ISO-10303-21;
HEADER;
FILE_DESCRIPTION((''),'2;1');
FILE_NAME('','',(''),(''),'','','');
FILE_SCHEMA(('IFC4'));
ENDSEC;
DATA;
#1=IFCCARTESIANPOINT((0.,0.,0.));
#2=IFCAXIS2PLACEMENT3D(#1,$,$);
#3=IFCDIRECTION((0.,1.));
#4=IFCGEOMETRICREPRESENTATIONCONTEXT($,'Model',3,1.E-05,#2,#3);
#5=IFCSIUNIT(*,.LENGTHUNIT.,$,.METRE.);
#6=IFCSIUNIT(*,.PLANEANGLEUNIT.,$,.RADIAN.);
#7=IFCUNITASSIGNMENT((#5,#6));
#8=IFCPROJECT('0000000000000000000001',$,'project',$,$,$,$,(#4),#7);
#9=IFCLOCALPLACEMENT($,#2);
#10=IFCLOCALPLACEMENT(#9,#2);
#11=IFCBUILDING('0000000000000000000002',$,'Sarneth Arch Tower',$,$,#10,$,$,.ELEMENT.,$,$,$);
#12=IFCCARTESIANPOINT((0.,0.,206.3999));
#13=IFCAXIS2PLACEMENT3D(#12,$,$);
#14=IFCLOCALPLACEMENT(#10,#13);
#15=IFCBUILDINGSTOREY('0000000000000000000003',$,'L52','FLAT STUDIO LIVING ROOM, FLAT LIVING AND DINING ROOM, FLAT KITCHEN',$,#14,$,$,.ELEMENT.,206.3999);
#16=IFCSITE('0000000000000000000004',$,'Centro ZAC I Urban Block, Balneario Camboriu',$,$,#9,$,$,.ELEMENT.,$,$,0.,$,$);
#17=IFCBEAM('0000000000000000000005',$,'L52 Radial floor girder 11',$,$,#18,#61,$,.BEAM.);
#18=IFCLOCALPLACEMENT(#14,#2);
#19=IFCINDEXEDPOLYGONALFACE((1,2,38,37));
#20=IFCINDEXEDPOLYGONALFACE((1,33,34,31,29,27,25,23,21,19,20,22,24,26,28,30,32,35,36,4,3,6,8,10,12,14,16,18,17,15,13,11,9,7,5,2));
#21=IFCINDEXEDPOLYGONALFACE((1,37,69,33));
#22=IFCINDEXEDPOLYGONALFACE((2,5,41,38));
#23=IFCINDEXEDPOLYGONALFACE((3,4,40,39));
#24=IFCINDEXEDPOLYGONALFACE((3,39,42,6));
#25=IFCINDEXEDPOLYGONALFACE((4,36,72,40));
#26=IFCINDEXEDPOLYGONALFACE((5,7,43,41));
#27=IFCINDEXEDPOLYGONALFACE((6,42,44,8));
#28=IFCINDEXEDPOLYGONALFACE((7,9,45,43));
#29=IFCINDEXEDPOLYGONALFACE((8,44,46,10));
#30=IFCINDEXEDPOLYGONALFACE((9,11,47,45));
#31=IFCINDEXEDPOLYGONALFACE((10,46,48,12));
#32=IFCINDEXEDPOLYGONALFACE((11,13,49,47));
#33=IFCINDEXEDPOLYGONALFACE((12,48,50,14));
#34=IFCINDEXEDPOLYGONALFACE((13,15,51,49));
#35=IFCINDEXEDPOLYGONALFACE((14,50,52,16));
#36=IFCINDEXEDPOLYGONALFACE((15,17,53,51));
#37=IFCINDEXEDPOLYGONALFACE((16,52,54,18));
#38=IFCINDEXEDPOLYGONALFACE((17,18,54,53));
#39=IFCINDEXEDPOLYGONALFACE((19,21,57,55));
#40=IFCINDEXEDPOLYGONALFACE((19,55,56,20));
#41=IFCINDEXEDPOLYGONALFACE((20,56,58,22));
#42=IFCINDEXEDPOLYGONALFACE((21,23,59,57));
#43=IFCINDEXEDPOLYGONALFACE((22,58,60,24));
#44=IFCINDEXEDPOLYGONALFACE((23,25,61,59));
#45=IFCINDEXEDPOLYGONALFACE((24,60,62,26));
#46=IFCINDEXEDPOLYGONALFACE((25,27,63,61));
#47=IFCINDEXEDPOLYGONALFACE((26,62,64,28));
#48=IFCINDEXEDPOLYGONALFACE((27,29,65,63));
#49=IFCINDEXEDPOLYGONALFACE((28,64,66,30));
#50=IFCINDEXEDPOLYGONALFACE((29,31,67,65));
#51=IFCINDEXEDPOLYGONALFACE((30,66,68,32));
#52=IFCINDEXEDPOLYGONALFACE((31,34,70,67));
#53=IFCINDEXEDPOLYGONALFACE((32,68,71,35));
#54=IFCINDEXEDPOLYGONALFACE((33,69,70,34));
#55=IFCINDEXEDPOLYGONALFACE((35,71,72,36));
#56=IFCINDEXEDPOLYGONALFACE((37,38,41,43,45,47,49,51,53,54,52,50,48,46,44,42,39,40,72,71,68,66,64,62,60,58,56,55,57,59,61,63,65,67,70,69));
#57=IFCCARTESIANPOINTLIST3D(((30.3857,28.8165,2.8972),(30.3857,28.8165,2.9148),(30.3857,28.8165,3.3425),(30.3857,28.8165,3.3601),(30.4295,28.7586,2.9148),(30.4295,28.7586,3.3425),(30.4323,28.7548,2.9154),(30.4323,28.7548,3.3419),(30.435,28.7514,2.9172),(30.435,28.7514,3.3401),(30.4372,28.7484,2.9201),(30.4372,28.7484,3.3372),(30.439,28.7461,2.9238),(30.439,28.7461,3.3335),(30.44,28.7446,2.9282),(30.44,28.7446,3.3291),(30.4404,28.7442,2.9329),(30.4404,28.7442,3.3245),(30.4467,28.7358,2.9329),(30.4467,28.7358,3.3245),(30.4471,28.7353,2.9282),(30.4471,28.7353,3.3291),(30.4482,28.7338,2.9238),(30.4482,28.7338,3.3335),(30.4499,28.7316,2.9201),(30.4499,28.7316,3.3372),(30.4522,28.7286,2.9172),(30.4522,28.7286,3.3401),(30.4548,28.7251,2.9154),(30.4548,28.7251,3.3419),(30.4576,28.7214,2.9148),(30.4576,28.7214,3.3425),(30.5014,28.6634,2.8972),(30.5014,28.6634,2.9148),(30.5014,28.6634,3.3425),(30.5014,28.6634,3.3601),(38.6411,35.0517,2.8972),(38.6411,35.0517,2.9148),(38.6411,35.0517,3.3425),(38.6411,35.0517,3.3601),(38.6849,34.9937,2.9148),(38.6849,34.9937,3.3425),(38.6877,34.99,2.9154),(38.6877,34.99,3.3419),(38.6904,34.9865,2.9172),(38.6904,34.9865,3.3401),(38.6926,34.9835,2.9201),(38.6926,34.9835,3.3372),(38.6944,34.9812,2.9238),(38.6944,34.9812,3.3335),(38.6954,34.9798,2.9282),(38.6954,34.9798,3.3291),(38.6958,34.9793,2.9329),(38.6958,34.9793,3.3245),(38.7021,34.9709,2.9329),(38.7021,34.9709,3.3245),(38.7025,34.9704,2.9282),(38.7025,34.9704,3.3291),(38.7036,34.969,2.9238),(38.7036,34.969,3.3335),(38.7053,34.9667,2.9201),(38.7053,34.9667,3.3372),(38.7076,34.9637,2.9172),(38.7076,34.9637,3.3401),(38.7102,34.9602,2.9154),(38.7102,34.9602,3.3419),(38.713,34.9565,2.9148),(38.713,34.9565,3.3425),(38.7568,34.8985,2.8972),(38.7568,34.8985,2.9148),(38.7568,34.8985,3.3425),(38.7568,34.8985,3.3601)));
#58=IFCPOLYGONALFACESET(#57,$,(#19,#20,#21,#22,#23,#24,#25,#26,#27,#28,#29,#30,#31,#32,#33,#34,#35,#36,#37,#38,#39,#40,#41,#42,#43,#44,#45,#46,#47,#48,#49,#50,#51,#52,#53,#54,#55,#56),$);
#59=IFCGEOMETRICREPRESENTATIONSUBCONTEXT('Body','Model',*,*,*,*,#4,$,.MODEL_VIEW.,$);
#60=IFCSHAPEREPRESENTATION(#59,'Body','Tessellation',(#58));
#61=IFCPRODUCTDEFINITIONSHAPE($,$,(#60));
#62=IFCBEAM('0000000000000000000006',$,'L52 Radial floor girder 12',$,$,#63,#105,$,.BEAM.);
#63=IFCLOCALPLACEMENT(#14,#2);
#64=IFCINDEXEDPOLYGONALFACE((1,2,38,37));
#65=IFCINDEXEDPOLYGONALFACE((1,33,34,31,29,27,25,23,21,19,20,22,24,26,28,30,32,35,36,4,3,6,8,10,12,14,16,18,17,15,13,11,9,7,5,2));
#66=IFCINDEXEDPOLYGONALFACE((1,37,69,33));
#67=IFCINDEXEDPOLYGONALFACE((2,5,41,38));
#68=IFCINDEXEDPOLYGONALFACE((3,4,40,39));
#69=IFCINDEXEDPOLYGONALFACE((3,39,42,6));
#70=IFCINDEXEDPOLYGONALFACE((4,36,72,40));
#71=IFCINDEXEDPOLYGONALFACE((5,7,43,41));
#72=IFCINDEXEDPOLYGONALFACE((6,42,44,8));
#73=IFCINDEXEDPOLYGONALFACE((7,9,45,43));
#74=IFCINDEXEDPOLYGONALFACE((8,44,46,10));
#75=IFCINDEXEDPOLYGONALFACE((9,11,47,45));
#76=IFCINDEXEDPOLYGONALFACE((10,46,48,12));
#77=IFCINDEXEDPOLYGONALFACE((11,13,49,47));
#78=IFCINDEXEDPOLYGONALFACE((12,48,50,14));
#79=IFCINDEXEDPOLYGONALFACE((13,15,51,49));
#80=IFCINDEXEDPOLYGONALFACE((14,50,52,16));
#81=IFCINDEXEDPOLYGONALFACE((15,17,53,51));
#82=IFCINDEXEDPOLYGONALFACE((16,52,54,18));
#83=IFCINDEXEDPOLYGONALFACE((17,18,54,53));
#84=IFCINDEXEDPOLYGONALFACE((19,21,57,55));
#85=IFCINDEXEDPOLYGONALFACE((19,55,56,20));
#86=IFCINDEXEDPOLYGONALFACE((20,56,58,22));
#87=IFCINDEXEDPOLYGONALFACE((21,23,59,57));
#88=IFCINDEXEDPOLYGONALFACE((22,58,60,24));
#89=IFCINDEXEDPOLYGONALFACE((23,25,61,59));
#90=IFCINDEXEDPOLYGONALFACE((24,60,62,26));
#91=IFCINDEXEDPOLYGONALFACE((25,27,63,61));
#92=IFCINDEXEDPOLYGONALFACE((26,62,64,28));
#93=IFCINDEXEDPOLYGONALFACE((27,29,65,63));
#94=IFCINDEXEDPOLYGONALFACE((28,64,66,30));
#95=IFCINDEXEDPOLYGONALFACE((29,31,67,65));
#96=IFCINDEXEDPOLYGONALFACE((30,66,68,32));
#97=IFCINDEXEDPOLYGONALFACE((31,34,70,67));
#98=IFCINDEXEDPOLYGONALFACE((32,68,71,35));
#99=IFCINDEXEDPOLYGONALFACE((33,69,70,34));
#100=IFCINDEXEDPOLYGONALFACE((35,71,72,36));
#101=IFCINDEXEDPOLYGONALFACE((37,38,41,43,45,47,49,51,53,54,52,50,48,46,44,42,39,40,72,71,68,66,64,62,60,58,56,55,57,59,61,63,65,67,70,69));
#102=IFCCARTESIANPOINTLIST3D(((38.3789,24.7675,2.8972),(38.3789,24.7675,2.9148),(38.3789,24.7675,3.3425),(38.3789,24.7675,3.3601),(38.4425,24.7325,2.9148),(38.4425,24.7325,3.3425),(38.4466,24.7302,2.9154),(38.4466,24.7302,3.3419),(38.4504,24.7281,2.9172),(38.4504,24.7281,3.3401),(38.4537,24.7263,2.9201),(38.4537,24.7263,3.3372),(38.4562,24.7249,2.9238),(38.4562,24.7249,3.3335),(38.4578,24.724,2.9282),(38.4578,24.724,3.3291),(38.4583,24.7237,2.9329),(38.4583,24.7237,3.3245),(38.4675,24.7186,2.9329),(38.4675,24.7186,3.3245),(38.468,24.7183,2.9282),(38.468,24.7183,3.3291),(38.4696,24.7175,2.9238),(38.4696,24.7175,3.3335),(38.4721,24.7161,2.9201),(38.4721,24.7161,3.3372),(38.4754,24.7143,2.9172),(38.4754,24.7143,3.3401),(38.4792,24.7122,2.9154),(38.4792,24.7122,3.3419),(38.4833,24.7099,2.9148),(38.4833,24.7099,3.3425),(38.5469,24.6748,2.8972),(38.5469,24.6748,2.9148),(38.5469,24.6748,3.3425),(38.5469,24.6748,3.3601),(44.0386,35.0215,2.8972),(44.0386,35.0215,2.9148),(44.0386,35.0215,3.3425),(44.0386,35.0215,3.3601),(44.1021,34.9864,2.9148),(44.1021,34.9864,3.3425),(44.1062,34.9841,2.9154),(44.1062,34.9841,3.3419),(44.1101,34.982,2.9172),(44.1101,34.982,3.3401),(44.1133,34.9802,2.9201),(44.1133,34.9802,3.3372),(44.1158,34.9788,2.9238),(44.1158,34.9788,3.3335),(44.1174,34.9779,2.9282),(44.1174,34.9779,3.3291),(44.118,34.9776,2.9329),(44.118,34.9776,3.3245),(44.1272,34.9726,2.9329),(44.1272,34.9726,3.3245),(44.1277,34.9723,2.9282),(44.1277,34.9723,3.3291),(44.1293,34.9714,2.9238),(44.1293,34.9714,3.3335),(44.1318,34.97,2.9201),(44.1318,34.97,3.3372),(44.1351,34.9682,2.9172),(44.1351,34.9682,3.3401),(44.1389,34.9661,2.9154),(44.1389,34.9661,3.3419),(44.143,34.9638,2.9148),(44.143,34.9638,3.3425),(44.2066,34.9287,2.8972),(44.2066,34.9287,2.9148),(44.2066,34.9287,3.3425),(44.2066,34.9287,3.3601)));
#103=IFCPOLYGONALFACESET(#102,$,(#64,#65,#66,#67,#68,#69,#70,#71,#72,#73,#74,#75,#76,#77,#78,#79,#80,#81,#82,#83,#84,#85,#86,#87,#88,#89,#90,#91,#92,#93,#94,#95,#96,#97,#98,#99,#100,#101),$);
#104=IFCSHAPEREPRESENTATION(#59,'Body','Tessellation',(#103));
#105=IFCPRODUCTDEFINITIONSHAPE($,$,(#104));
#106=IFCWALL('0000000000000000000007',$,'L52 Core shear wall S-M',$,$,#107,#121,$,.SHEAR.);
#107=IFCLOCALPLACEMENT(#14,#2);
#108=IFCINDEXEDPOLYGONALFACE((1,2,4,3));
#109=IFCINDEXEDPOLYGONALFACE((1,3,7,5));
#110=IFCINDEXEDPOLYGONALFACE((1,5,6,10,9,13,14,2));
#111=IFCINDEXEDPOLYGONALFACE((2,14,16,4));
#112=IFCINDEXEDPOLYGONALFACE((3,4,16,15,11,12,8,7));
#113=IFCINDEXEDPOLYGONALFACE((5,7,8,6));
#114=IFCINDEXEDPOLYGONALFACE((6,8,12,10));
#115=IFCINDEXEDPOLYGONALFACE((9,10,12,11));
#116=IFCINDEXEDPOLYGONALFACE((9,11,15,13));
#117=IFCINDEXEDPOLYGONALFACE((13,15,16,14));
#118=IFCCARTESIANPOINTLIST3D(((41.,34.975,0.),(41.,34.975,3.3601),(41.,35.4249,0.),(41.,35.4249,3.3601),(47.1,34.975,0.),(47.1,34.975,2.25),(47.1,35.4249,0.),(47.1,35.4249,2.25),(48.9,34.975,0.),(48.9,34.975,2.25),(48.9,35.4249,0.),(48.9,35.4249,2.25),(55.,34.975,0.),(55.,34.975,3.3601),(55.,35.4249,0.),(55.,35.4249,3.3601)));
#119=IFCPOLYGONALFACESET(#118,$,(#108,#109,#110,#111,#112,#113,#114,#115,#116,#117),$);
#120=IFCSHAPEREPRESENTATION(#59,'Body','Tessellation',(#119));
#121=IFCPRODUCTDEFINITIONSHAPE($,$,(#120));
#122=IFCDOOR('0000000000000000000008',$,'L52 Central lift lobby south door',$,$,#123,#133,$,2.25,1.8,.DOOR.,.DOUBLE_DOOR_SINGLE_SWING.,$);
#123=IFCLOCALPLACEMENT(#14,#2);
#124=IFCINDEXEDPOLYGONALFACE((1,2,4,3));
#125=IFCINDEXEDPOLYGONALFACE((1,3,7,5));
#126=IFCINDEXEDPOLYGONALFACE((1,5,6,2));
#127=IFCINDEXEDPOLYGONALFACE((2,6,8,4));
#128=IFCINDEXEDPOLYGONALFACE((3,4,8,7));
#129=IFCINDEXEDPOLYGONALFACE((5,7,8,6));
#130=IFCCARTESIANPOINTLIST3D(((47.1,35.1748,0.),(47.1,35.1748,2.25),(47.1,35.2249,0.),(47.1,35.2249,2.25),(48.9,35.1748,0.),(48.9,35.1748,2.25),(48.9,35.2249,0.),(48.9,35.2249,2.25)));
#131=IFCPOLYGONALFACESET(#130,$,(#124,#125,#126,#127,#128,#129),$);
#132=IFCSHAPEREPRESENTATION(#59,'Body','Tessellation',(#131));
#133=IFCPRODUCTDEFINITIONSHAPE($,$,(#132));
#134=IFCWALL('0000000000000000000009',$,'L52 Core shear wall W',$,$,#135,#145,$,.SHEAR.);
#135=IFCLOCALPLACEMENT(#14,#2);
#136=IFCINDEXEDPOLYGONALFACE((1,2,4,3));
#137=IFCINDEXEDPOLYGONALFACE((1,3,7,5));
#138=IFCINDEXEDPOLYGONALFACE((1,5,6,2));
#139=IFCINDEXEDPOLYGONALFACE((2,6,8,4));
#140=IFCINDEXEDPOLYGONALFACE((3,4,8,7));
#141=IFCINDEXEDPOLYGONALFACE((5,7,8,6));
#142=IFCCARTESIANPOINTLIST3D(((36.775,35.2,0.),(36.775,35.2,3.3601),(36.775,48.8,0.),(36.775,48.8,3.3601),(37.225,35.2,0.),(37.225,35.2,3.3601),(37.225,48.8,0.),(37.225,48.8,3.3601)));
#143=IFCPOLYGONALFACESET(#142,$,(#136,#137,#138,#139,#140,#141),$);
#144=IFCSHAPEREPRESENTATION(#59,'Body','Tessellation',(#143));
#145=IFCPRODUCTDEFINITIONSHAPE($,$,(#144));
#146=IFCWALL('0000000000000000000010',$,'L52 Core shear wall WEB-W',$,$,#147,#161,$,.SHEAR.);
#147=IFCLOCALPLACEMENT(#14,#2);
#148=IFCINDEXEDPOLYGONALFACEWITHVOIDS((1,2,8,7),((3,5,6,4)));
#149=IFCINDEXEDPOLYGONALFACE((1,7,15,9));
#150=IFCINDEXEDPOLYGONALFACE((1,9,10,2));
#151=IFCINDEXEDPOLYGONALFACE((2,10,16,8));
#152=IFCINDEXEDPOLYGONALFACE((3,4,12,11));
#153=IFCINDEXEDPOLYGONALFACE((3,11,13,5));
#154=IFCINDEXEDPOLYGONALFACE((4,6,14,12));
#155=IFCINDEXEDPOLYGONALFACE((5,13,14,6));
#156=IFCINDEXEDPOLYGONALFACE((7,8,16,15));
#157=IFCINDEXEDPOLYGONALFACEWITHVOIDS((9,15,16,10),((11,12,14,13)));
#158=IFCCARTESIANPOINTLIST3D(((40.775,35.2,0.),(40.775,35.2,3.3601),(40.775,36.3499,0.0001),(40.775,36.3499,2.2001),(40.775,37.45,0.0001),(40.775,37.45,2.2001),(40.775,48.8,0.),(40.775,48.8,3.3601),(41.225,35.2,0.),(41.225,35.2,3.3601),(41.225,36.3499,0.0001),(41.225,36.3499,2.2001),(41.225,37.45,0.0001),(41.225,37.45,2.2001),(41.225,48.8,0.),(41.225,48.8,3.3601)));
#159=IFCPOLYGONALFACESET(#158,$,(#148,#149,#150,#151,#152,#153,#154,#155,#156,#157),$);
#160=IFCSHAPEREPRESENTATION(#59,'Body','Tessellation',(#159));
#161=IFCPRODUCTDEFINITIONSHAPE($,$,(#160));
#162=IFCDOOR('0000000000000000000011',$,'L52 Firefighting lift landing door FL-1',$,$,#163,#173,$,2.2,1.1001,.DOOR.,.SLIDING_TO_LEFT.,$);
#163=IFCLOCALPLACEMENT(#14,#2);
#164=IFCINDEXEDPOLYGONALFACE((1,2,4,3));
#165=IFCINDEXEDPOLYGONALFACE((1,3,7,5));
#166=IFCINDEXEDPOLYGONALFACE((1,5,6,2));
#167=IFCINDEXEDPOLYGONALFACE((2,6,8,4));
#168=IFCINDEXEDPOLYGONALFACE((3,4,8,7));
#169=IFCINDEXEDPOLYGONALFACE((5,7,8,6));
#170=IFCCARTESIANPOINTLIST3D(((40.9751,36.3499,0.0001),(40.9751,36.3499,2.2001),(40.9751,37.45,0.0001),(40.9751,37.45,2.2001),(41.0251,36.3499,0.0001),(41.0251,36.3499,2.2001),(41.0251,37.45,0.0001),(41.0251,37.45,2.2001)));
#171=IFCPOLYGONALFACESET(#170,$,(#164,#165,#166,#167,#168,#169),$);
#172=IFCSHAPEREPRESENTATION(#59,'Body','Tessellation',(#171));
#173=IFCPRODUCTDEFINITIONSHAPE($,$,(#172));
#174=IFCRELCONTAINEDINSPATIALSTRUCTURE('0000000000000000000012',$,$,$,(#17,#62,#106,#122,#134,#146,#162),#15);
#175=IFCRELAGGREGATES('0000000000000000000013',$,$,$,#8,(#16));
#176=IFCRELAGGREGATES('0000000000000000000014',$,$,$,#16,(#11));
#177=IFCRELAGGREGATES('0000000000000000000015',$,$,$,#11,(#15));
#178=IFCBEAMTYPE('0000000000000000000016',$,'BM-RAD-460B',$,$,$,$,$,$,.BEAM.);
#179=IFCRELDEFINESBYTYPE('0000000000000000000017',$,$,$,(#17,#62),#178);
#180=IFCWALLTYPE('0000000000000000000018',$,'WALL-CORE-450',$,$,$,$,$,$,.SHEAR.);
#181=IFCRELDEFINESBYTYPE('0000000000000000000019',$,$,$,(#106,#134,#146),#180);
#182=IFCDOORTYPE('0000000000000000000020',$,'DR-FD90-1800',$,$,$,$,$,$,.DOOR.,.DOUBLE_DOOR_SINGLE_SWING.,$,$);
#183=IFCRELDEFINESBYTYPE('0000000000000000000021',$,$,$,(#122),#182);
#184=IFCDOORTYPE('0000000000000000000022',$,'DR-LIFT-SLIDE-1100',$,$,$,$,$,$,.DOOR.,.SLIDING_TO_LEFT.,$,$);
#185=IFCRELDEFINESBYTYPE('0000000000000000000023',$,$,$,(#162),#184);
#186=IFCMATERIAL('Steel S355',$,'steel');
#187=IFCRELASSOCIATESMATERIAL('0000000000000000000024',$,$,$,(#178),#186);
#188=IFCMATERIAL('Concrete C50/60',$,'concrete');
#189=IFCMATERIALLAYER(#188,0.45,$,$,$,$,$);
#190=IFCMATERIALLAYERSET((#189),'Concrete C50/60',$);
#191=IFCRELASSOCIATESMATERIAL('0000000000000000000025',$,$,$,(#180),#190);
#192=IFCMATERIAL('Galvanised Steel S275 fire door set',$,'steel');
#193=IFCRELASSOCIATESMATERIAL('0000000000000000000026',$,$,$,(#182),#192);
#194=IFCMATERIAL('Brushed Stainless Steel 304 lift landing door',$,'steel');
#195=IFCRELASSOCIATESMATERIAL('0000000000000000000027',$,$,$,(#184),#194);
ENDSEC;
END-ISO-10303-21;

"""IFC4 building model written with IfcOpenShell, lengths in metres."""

from ifc_helpers import new_model, si_unit, direction, frame, frame_2d, origin, origin_2d, place, context, subcontext, project, spatial, rectangle, i_section, extrude, material, layer, layer_set, material_profile, profile_set, type_object, element, fill, save


model = new_model("IFC4")

# Units and contexts
model_context = context("Model", 3, precision=1e-05, world=origin(), true_north=direction((0.0, 1.0)))
body_context = subcontext(model_context, "Body", "Model", "MODEL_VIEW")
ifc_project = project(units=[si_unit("LENGTHUNIT", "METRE"), si_unit("PLANEANGLEUNIT", "RADIAN")], contexts=[model_context])

# Site, building, storey
site_placement = place(None, origin())
site = spatial("IfcSite", under=ifc_project, at=site_placement, Name="Centro ZAC I Urban Block, Balneario Camboriu", CompositionType="ELEMENT", RefElevation=0.0)
building_placement = place(site_placement, origin())
building = spatial("IfcBuilding", under=site, at=building_placement, Name="Sarneth Arch Tower", CompositionType="ELEMENT")
storey_placement = place(building_placement, frame((0.0, 0.0, 206.3999)))
storey = spatial("IfcBuildingStorey", under=building, at=storey_placement, Name="L52", Description="FLAT STUDIO LIVING ROOM, FLAT LIVING AND DINING ROOM, FLAT KITCHEN", CompositionType="ELEMENT", Elevation=206.3999)

# Beams
ifc_material_1 = material(Name="Steel S355", Category="steel")
ifc_material_profile_1 = material_profile(ifc_material_1, i_section(OverallWidth=0.1919, OverallDepth=0.4629, WebThickness=0.0105, FlangeThickness=0.0176, FilletRadius=0.0181, at=origin_2d()), Name="W460x89")
ifc_profile_set_1 = profile_set([ifc_material_profile_1], Name="Steel S355")
beam_type_1 = type_object("IfcBeamType", Name="BM-RAD-460B", PredefinedType="BEAM", material=ifc_profile_set_1)
beam_1_placement = place(storey_placement, frame((38.699, 34.9751, 3.1287), z_axis=(-0.797974, -0.602693, 0.0), x_axis=(0.602693, -0.797974, 0.0)))
element("IfcBeam", 1, at=beam_1_placement, inside=storey, type_object=beam_type_1, Name="L52 Radial floor girder 11", PredefinedType="BEAM", context=body_context, shape_type="SweptSolid", body=[
    extrude(i_section(OverallWidth=0.1919, OverallDepth=0.4629, WebThickness=0.0105, FlangeThickness=0.0176, FilletRadius=0.0181, at=origin_2d()), origin(), (0.0, 0.0, 1.0), 10.3455),
])
beam_2_placement = place(storey_placement, frame((44.1226, 34.9751, 3.1287), z_axis=(-0.483231, -0.875493, 0.0), x_axis=(0.875493, -0.483231, 0.0)))
element("IfcBeam", 2, at=beam_2_placement, inside=storey, type_object=beam_type_1, Name="L52 Radial floor girder 12", PredefinedType="BEAM", context=body_context, shape_type="SweptSolid", body=[
    extrude(i_section(OverallWidth=0.1919, OverallDepth=0.4629, WebThickness=0.0105, FlangeThickness=0.0176, FilletRadius=0.0181, at=origin_2d()), origin(), (0.0, 0.0, 1.0), 11.7122),
])

# Wall, opening, door
ifc_material_2 = material(Name="Concrete C50/60", Category="concrete")
ifc_layer_1 = layer(ifc_material_2, 0.45)
ifc_layer_set_1 = layer_set([ifc_layer_1], Name="Concrete C50/60")
wall_type_1 = type_object("IfcWallType", Name="WALL-CORE-450", PredefinedType="SHEAR", material=ifc_layer_set_1)
wall_1_placement = place(storey_placement, frame((41.0, 35.2, 0.0), z_axis=(0.0, 0.0, 1.0), x_axis=(1.0, 0.0, 0.0)))
wall_1 = element("IfcWall", 3, at=wall_1_placement, inside=storey, type_object=wall_type_1, Name="L52 Core shear wall S-M", PredefinedType="SHEAR", context=body_context, shape_type="SweptSolid", body=[
    extrude(rectangle(XDim=14.0, YDim=0.45, at=frame_2d((7.0, 0.0))), origin(), (0.0, 0.0, 1.0), 3.3601),
])
opening_1_placement = place(wall_1_placement, frame((6.1001, 0.0, 0.0)))
opening_1 = element("IfcOpeningElement", 4, at=opening_1_placement, cuts=wall_1, PredefinedType="OPENING", context=body_context, shape_type="SweptSolid", body=[
    extrude(rectangle(XDim=1.8, YDim=2.25, at=frame_2d((0.8999, 1.125))), frame((0.0, 0.2349, 0.0), z_axis=(0.0, -1.0, 0.0), x_axis=(1.0, 0.0, 0.0)), (0.0, 0.0, 1.0), 0.47),
])
ifc_material_3 = material(Name="Galvanised Steel S275 fire door set", Category="steel")
door_type_1 = type_object("IfcDoorType", Name="DR-FD90-1800", OperationType="DOUBLE_DOOR_SINGLE_SWING", PredefinedType="DOOR", material=ifc_material_3)
door_1_placement = place(opening_1_placement, origin())
door_1 = element("IfcDoor", 5, at=door_1_placement, inside=storey, type_object=door_type_1, Name="L52 Central lift lobby south door", OperationType="DOUBLE_DOOR_SINGLE_SWING", OverallHeight=2.25, OverallWidth=1.8, PredefinedType="DOOR", context=body_context, shape_type="SweptSolid", body=[
    extrude(rectangle(XDim=1.8, YDim=2.25, at=frame_2d((0.8999, 1.125))), frame((0.0, 0.0249, 0.0), z_axis=(0.0, -1.0, 0.0), x_axis=(1.0, 0.0, 0.0)), (0.0, 0.0, 1.0), 0.05),
])
fill(opening_1, door_1)

# Wall
wall_2_placement = place(storey_placement, frame((37.0, 35.2, 0.0), z_axis=(0.0, 0.0, 1.0), x_axis=(0.0, 1.0, 0.0)))
element("IfcWall", 6, at=wall_2_placement, inside=storey, type_object=wall_type_1, Name="L52 Core shear wall W", PredefinedType="SHEAR", context=body_context, shape_type="SweptSolid", body=[
    extrude(rectangle(XDim=13.6001, YDim=0.45, at=frame_2d((6.8, 0.0))), origin(), (0.0, 0.0, 1.0), 3.3601),
])

# Wall, opening, door
wall_3_placement = place(storey_placement, frame((41.0, 35.2, 0.0), z_axis=(0.0, 0.0, 1.0), x_axis=(0.0, 1.0, 0.0)))
wall_3 = element("IfcWall", 7, at=wall_3_placement, inside=storey, type_object=wall_type_1, Name="L52 Core shear wall WEB-W", PredefinedType="SHEAR", context=body_context, shape_type="SweptSolid", body=[
    extrude(rectangle(XDim=13.6001, YDim=0.45, at=frame_2d((6.8, 0.0))), origin(), (0.0, 0.0, 1.0), 3.3601),
])
opening_2_placement = place(wall_3_placement, frame((1.1499, 0.0, 0.0)))
opening_2 = element("IfcOpeningElement", 8, at=opening_2_placement, cuts=wall_3, PredefinedType="OPENING", context=body_context, shape_type="SweptSolid", body=[
    extrude(rectangle(XDim=1.1001, YDim=2.2, at=frame_2d((0.55, 1.1001))), frame((0.0, 0.2349, 0.0), z_axis=(0.0, -1.0, 0.0), x_axis=(1.0, 0.0, 0.0)), (0.0, 0.0, 1.0), 0.47),
])
ifc_material_4 = material(Name="Brushed Stainless Steel 304 lift landing door", Category="steel")
door_type_2 = type_object("IfcDoorType", Name="DR-LIFT-SLIDE-1100", OperationType="SLIDING_TO_LEFT", PredefinedType="DOOR", material=ifc_material_4)
door_2_placement = place(opening_2_placement, origin())
door_2 = element("IfcDoor", 9, at=door_2_placement, inside=storey, type_object=door_type_2, Name="L52 Firefighting lift landing door FL-1", OperationType="SLIDING_TO_LEFT", OverallHeight=2.2, OverallWidth=1.1001, PredefinedType="DOOR", context=body_context, shape_type="SweptSolid", body=[
    extrude(rectangle(XDim=1.1001, YDim=2.2, at=frame_2d((0.55, 1.1001))), frame((0.0, 0.0249, 0.0), z_axis=(0.0, -1.0, 0.0), x_axis=(1.0, 0.0, 0.0)), (0.0, 0.0, 1.0), 0.05),
])
fill(opening_2, door_2)

save(model, "model.ifc")
